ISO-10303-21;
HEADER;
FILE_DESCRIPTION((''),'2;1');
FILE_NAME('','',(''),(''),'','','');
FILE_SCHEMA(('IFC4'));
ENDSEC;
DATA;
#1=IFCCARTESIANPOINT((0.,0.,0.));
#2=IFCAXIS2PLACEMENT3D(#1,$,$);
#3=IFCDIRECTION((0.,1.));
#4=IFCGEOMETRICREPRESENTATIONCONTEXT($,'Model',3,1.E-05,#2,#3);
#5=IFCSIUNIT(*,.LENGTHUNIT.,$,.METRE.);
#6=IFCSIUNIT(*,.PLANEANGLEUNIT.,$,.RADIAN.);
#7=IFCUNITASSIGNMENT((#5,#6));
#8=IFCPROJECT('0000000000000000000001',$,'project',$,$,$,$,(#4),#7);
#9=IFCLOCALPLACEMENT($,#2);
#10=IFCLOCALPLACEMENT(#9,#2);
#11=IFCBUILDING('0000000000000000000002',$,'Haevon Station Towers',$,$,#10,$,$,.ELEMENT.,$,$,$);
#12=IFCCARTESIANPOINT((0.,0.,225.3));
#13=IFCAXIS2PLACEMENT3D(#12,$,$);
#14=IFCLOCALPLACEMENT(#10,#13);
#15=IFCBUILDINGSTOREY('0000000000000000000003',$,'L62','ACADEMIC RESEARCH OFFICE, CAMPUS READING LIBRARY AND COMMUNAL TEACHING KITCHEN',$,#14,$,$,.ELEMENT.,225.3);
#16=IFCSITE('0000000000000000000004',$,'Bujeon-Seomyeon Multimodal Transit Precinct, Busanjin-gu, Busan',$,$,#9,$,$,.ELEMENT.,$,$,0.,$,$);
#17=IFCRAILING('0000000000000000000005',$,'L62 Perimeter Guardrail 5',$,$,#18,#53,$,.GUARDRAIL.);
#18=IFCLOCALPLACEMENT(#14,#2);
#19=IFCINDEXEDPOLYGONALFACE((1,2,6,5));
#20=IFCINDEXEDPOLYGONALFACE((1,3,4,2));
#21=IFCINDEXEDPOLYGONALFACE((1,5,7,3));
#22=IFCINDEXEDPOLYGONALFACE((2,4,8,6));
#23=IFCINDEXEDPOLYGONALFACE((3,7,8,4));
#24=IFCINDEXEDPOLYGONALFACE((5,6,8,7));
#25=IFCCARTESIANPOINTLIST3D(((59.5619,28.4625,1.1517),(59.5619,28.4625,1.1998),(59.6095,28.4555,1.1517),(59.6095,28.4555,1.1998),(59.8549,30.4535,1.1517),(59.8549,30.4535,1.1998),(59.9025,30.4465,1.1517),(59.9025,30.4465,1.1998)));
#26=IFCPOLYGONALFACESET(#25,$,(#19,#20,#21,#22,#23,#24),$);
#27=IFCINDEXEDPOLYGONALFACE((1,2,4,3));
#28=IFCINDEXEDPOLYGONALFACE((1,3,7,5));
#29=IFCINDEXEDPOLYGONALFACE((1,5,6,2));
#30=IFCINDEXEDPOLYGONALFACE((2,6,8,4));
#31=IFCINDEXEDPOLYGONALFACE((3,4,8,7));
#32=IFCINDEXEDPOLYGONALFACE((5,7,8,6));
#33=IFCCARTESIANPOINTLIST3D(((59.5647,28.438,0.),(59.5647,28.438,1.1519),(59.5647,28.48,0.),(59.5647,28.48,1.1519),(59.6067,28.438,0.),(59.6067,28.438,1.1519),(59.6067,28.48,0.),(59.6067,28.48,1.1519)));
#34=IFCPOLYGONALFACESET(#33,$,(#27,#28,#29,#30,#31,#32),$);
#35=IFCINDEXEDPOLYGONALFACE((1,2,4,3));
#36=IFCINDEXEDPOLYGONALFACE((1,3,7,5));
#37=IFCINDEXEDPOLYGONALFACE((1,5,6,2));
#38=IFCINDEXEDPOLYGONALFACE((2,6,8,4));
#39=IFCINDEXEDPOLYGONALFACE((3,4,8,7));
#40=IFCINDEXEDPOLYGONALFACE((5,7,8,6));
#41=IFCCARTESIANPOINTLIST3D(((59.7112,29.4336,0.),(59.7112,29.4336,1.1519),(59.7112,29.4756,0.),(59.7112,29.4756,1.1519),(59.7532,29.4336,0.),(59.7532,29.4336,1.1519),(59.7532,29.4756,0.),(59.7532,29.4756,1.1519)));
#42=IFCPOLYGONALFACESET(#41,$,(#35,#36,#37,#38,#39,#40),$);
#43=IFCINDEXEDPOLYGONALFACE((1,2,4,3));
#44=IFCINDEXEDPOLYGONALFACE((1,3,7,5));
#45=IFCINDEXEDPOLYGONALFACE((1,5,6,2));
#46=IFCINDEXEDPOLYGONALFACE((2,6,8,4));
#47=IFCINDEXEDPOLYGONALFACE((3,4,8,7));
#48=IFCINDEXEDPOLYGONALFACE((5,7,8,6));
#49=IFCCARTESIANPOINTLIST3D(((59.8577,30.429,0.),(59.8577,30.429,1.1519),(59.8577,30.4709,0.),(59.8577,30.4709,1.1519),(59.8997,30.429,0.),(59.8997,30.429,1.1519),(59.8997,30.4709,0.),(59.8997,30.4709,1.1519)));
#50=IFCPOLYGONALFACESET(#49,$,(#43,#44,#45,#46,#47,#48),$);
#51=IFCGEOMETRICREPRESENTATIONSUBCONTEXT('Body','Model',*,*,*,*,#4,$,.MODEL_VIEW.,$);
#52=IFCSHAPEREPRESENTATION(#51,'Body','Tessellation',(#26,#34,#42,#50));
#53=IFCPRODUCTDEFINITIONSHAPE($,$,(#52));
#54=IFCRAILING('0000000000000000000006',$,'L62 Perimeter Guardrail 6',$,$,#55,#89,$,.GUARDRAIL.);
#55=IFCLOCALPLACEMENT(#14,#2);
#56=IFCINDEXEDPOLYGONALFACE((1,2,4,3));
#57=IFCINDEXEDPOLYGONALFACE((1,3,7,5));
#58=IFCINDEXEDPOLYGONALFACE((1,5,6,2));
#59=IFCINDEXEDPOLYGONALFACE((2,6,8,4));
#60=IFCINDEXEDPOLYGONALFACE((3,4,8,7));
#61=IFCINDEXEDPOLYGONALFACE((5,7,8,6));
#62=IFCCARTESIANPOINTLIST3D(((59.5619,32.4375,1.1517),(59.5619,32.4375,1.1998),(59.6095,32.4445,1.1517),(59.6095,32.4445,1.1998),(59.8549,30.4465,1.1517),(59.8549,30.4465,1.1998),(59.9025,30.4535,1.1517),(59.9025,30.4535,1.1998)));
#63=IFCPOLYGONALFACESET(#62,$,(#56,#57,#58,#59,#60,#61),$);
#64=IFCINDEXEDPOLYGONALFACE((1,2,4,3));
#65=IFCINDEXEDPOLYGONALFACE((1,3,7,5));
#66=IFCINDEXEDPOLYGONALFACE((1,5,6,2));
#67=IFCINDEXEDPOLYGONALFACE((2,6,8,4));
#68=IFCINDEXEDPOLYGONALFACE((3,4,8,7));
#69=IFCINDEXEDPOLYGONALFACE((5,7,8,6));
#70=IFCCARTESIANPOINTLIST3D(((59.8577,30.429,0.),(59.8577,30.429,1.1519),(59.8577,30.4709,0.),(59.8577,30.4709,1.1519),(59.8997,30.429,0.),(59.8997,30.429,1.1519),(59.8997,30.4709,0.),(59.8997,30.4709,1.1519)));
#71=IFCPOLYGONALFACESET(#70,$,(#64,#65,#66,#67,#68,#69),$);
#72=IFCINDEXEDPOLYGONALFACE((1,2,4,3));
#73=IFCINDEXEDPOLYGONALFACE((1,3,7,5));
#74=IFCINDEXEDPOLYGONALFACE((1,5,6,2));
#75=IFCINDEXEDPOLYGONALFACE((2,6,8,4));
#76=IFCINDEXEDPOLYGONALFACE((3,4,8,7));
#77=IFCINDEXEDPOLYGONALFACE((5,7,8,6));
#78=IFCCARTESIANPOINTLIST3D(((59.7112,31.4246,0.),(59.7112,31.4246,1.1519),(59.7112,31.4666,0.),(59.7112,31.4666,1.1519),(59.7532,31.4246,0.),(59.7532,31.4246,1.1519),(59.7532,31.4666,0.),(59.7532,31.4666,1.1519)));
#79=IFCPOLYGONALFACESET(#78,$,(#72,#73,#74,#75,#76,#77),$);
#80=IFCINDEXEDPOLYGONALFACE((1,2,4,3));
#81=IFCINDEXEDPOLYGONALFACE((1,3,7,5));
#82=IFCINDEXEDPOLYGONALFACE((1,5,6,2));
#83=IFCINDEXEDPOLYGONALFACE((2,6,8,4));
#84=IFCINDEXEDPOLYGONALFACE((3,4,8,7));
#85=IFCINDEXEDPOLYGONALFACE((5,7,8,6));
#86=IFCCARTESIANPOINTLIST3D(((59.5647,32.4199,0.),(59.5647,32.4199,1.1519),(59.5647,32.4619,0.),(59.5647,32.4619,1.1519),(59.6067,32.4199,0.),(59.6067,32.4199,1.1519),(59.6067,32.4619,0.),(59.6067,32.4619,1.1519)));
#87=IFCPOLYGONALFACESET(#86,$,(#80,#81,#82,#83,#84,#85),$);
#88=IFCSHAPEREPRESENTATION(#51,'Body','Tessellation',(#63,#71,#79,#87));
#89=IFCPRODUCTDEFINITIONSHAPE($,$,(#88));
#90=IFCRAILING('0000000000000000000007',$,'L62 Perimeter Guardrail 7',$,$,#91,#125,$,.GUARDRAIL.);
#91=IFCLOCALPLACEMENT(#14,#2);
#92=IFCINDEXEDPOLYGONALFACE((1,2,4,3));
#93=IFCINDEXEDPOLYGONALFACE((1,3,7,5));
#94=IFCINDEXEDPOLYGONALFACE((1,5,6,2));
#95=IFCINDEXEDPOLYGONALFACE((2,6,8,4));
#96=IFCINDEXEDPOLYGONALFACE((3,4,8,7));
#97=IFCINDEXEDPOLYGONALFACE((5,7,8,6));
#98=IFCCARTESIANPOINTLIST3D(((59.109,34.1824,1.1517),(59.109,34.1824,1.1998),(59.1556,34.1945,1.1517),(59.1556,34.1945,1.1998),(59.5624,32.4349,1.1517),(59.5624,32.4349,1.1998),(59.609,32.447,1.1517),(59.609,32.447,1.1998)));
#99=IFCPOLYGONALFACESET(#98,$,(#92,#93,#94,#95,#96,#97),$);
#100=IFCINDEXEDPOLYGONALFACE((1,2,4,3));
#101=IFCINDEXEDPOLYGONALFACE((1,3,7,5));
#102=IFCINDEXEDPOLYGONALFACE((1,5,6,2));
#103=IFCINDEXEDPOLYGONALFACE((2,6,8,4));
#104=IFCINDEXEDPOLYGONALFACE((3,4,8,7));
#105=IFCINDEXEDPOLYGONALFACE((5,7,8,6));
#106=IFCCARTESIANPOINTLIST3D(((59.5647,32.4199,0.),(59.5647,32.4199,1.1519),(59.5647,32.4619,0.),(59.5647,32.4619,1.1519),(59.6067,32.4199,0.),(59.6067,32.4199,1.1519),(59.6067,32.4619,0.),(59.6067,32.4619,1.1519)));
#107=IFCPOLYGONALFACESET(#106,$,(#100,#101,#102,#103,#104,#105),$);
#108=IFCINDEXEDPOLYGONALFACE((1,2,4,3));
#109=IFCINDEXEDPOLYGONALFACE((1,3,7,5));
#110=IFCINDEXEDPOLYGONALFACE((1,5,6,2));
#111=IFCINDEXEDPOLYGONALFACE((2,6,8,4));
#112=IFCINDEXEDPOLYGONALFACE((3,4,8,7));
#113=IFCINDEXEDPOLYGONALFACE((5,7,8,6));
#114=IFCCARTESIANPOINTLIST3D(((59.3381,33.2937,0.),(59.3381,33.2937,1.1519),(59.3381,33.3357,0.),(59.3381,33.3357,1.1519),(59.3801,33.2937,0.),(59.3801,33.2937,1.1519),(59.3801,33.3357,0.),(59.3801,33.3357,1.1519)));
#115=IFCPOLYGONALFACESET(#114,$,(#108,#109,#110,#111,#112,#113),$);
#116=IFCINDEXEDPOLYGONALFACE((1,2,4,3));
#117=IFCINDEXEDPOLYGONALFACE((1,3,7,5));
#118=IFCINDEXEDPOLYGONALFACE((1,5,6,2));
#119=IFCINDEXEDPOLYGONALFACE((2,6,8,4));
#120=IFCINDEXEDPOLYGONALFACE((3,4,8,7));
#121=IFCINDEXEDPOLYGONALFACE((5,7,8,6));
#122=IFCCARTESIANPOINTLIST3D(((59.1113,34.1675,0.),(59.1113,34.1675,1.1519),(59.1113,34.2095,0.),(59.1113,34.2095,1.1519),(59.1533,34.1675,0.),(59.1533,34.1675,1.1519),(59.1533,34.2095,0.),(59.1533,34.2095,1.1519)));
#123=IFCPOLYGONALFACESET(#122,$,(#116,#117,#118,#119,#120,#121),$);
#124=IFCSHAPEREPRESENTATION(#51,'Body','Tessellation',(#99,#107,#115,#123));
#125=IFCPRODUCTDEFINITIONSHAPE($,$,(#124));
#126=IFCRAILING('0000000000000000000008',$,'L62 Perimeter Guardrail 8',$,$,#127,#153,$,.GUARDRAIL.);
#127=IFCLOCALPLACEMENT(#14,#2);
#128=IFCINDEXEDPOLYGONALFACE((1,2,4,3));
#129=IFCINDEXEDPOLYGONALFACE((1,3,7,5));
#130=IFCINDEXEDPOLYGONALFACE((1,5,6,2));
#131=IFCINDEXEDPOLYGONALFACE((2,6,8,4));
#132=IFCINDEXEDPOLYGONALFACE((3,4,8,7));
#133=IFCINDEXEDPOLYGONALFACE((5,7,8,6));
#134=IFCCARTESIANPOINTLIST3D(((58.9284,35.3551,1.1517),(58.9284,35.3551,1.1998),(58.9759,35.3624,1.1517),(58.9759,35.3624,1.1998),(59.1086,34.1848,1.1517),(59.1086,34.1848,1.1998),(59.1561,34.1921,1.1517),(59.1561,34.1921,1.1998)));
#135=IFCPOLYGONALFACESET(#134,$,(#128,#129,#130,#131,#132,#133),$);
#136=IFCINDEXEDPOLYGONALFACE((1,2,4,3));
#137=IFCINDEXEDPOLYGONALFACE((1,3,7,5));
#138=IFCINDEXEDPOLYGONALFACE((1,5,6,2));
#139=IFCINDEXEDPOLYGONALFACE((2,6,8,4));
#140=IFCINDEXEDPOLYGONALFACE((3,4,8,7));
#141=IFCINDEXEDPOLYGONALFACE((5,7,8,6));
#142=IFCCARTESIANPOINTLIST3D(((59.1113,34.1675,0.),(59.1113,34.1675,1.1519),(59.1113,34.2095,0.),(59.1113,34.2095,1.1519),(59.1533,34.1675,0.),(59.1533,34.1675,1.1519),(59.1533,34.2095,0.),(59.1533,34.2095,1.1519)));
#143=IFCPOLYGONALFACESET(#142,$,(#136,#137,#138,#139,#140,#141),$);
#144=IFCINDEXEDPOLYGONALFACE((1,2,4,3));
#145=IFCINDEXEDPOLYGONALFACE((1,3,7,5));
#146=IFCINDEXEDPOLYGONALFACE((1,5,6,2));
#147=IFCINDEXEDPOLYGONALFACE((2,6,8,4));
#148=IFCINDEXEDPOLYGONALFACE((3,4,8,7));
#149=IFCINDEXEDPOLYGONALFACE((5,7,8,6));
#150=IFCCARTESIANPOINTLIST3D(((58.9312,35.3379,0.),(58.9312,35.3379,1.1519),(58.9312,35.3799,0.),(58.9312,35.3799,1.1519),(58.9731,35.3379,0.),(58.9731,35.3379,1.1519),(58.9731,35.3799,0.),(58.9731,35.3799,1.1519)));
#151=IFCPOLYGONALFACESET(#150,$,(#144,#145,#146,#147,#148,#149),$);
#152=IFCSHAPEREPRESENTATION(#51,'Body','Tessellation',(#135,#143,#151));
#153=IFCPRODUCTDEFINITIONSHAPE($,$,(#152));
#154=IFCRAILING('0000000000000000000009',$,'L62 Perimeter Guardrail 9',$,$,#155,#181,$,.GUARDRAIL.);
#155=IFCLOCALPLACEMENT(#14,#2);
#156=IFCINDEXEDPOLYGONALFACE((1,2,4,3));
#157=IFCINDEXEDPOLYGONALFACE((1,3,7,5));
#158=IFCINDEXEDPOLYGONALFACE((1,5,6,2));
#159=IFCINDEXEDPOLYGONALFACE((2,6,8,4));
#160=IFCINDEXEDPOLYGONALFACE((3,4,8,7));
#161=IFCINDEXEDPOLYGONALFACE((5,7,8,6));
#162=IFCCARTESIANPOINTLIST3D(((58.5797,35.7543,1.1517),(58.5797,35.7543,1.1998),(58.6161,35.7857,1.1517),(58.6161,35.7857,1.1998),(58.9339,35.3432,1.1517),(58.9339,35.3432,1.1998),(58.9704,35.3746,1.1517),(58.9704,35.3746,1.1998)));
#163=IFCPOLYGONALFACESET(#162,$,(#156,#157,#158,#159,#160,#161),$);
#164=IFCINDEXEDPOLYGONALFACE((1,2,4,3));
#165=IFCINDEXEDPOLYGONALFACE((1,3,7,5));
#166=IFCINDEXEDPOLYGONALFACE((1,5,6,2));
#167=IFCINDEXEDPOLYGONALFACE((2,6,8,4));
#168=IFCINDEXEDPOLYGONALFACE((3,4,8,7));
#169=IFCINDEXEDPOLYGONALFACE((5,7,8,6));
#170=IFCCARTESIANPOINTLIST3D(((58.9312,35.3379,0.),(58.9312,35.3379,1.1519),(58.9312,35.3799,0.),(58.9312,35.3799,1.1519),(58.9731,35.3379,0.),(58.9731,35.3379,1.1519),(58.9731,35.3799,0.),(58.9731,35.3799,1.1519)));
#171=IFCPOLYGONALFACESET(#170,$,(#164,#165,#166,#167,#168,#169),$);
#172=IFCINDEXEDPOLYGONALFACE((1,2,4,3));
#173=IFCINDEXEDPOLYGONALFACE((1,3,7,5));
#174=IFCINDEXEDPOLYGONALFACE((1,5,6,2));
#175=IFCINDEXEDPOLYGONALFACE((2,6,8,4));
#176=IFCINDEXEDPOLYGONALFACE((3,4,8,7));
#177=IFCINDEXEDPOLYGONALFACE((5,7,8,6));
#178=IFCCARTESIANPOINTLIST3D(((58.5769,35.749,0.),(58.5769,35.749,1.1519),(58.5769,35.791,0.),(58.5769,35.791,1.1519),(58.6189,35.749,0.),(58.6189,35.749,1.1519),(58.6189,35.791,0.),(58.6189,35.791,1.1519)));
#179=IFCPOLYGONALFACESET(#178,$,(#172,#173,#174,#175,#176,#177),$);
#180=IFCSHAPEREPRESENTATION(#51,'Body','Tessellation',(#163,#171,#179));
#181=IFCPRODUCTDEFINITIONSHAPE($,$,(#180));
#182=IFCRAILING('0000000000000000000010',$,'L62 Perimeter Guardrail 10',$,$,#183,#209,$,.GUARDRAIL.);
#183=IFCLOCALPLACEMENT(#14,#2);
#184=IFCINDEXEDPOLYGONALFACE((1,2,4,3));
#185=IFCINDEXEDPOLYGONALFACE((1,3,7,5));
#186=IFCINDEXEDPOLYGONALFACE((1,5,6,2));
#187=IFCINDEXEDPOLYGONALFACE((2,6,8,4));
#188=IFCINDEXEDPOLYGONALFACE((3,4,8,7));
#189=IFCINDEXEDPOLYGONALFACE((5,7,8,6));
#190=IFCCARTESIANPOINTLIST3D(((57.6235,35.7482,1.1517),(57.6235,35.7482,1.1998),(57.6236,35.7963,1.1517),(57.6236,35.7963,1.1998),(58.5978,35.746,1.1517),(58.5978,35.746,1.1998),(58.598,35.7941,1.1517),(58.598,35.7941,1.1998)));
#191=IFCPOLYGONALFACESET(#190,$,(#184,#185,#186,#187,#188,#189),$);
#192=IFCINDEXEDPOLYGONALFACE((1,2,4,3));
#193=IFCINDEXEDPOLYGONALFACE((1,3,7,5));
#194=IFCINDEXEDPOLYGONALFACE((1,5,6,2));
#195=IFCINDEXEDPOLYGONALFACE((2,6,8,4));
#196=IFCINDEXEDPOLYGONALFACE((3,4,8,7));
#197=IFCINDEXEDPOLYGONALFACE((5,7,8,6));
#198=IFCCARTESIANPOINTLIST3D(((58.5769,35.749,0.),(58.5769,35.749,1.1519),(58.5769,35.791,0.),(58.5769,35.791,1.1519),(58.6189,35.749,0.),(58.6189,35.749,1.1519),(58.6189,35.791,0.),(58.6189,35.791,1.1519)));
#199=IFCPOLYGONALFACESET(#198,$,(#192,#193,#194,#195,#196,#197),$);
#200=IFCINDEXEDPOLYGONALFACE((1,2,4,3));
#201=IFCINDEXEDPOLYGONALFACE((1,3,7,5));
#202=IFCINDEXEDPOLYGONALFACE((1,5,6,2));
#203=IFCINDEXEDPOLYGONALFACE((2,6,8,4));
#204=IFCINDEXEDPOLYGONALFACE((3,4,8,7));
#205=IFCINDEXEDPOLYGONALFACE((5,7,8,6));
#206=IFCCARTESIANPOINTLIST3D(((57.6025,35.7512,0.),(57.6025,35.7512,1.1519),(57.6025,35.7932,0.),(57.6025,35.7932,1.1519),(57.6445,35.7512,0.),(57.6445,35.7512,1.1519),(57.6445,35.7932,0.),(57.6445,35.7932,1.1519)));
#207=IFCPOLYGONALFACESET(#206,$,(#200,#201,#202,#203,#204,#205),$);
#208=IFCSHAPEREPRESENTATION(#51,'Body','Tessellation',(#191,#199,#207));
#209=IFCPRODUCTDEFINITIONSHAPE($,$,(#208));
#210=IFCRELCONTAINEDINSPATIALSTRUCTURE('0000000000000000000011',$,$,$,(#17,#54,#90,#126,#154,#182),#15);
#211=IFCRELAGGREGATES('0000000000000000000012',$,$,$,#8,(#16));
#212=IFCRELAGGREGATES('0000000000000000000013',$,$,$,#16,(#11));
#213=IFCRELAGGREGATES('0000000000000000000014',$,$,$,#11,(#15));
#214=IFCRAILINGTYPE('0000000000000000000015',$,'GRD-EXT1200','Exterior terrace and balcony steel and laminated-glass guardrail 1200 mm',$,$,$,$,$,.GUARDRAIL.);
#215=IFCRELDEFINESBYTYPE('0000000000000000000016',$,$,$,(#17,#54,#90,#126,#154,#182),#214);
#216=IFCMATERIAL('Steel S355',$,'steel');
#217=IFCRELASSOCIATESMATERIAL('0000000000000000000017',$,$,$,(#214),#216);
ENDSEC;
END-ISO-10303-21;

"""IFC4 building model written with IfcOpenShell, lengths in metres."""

from ifc_helpers import new_model, si_unit, direction, frame, origin, origin_2d, place, context, subcontext, project, spatial, rectangle, extrude, material, type_object, element, save


model = new_model("IFC4")

# Units and contexts
model_context = context("Model", 3, precision=1e-05, world=origin(), true_north=direction((0.0, 1.0)))
body_context = subcontext(model_context, "Body", "Model", "MODEL_VIEW")
ifc_project = project(units=[si_unit("LENGTHUNIT", "METRE"), si_unit("PLANEANGLEUNIT", "RADIAN")], contexts=[model_context])

# Site, building, storey
site_placement = place(None, origin())
site = spatial("IfcSite", under=ifc_project, at=site_placement, Name="Bujeon-Seomyeon Multimodal Transit Precinct, Busanjin-gu, Busan", CompositionType="ELEMENT", RefElevation=0.0)
building_placement = place(site_placement, origin())
building = spatial("IfcBuilding", under=site, at=building_placement, Name="Haevon Station Towers", CompositionType="ELEMENT")
storey_placement = place(building_placement, frame((0.0, 0.0, 225.3)))
storey = spatial("IfcBuildingStorey", under=building, at=storey_placement, Name="L62", Description="ACADEMIC RESEARCH OFFICE, CAMPUS READING LIBRARY AND COMMUNAL TEACHING KITCHEN", CompositionType="ELEMENT", Elevation=225.3)

# Shared definitions
ifc_material_1 = material(Name="Steel S355", Category="steel")

# Railings
railing_type = type_object("IfcRailingType", Name="GRD-EXT1200", Description="Exterior terrace and balcony steel and laminated-glass guardrail 1200 mm", PredefinedType="GUARDRAIL", material=ifc_material_1)
railing_1_placement = place(storey_placement, frame((59.5857, 28.459, 0.0)))
element("IfcRailing", 1, at=railing_1_placement, inside=storey, type_object=railing_type, Name="L62 Perimeter Guardrail 5", PredefinedType="GUARDRAIL", context=body_context, shape_type="SweptSolid", body=[
    extrude(rectangle(XDim=0.0481, YDim=0.0481, at=origin_2d()), frame((0.0, 0.0, 1.1758), z_axis=(0.145581, 0.989346, 0.0), x_axis=(-0.989346, 0.145581, 0.0)), (0.0, 0.0, 1.0), 2.0125),
    extrude(rectangle(XDim=0.042, YDim=0.042, at=origin_2d()), origin(), (0.0, 0.0, 1.0), 1.1519),
    extrude(rectangle(XDim=0.042, YDim=0.042, at=origin_2d()), frame((0.1465, 0.9956, 0.0)), (0.0, 0.0, 1.0), 1.1519),
    extrude(rectangle(XDim=0.042, YDim=0.042, at=origin_2d()), frame((0.293, 1.991, 0.0)), (0.0, 0.0, 1.0), 1.1519),
])
railing_2_placement = place(storey_placement, frame((59.8787, 30.45, 0.0)))
element("IfcRailing", 2, at=railing_2_placement, inside=storey, type_object=railing_type, Name="L62 Perimeter Guardrail 6", PredefinedType="GUARDRAIL", context=body_context, shape_type="SweptSolid", body=[
    extrude(rectangle(XDim=0.0481, YDim=0.0481, at=origin_2d()), frame((0.0, 0.0, 1.1758), z_axis=(-0.145581, 0.989346, 0.0), x_axis=(-0.989346, -0.145581, 0.0)), (0.0, 0.0, 1.0), 2.0125),
    extrude(rectangle(XDim=0.042, YDim=0.042, at=origin_2d()), origin(), (0.0, 0.0, 1.0), 1.1519),
    extrude(rectangle(XDim=0.042, YDim=0.042, at=origin_2d()), frame((-0.1465, 0.9956, 0.0)), (0.0, 0.0, 1.0), 1.1519),
    extrude(rectangle(XDim=0.042, YDim=0.042, at=origin_2d()), frame((-0.293, 1.991, 0.0)), (0.0, 0.0, 1.0), 1.1519),
])
railing_3_placement = place(storey_placement, frame((59.5857, 32.4409, 0.0)))
element("IfcRailing", 3, at=railing_3_placement, inside=storey, type_object=railing_type, Name="L62 Perimeter Guardrail 7", PredefinedType="GUARDRAIL", context=body_context, shape_type="SweptSolid", body=[
    extrude(rectangle(XDim=0.0481, YDim=0.0481, at=origin_2d()), frame((0.0, 0.0, 1.1758), z_axis=(-0.251117, 0.967957, 0.0), x_axis=(-0.967957, -0.251117, 0.0)), (0.0, 0.0, 1.0), 1.8054),
    extrude(rectangle(XDim=0.042, YDim=0.042, at=origin_2d()), origin(), (0.0, 0.0, 1.0), 1.1519),
    extrude(rectangle(XDim=0.042, YDim=0.042, at=origin_2d()), frame((-0.2266, 0.8738, 0.0)), (0.0, 0.0, 1.0), 1.1519),
    extrude(rectangle(XDim=0.042, YDim=0.042, at=origin_2d()), frame((-0.4534, 1.7476, 0.0)), (0.0, 0.0, 1.0), 1.1519),
])
railing_4_placement = place(storey_placement, frame((59.1323, 34.1885, 0.0)))
element("IfcRailing", 4, at=railing_4_placement, inside=storey, type_object=railing_type, Name="L62 Perimeter Guardrail 8", PredefinedType="GUARDRAIL", context=body_context, shape_type="SweptSolid", body=[
    extrude(rectangle(XDim=0.0481, YDim=0.0481, at=origin_2d()), frame((0.0, 0.0, 1.1758), z_axis=(-0.15215, 0.988357, 0.0), x_axis=(-0.988357, -0.15215, 0.0)), (0.0, 0.0, 1.0), 1.1841),
    extrude(rectangle(XDim=0.042, YDim=0.042, at=origin_2d()), origin(), (0.0, 0.0, 1.0), 1.1519),
    extrude(rectangle(XDim=0.042, YDim=0.042, at=origin_2d()), frame((-0.1802, 1.1704, 0.0)), (0.0, 0.0, 1.0), 1.1519),
])
railing_5_placement = place(storey_placement, frame((58.9521, 35.3589, 0.0)))
element("IfcRailing", 5, at=railing_5_placement, inside=storey, type_object=railing_type, Name="L62 Perimeter Guardrail 9", PredefinedType="GUARDRAIL", context=body_context, shape_type="SweptSolid", body=[
    extrude(rectangle(XDim=0.0481, YDim=0.0481, at=origin_2d()), frame((0.0, 0.0, 1.1758), z_axis=(-0.652753, 0.757571, 0.0), x_axis=(-0.757571, -0.652753, 0.0)), (0.0, 0.0, 1.0), 0.5427),
    extrude(rectangle(XDim=0.042, YDim=0.042, at=origin_2d()), origin(), (0.0, 0.0, 1.0), 1.1519),
    extrude(rectangle(XDim=0.042, YDim=0.042, at=origin_2d()), frame((-0.3542, 0.4111, 0.0)), (0.0, 0.0, 1.0), 1.1519),
])
railing_6_placement = place(storey_placement, frame((58.5979, 35.77, 0.0)))
element("IfcRailing", 6, at=railing_6_placement, inside=storey, type_object=railing_type, Name="L62 Perimeter Guardrail 10", PredefinedType="GUARDRAIL", context=body_context, shape_type="SweptSolid", body=[
    extrude(rectangle(XDim=0.0481, YDim=0.0481, at=origin_2d()), frame((0.0, 0.0, 1.1758), z_axis=(-0.999997, 0.002255, 0.0), x_axis=(-0.002255, -0.999997, 0.0)), (0.0, 0.0, 1.0), 0.9744),
    extrude(rectangle(XDim=0.042, YDim=0.042, at=origin_2d()), origin(), (0.0, 0.0, 1.0), 1.1519),
    extrude(rectangle(XDim=0.042, YDim=0.042, at=origin_2d()), frame((-0.9744, 0.0022, 0.0)), (0.0, 0.0, 1.0), 1.1519),
])

save(model, "model.ifc")
